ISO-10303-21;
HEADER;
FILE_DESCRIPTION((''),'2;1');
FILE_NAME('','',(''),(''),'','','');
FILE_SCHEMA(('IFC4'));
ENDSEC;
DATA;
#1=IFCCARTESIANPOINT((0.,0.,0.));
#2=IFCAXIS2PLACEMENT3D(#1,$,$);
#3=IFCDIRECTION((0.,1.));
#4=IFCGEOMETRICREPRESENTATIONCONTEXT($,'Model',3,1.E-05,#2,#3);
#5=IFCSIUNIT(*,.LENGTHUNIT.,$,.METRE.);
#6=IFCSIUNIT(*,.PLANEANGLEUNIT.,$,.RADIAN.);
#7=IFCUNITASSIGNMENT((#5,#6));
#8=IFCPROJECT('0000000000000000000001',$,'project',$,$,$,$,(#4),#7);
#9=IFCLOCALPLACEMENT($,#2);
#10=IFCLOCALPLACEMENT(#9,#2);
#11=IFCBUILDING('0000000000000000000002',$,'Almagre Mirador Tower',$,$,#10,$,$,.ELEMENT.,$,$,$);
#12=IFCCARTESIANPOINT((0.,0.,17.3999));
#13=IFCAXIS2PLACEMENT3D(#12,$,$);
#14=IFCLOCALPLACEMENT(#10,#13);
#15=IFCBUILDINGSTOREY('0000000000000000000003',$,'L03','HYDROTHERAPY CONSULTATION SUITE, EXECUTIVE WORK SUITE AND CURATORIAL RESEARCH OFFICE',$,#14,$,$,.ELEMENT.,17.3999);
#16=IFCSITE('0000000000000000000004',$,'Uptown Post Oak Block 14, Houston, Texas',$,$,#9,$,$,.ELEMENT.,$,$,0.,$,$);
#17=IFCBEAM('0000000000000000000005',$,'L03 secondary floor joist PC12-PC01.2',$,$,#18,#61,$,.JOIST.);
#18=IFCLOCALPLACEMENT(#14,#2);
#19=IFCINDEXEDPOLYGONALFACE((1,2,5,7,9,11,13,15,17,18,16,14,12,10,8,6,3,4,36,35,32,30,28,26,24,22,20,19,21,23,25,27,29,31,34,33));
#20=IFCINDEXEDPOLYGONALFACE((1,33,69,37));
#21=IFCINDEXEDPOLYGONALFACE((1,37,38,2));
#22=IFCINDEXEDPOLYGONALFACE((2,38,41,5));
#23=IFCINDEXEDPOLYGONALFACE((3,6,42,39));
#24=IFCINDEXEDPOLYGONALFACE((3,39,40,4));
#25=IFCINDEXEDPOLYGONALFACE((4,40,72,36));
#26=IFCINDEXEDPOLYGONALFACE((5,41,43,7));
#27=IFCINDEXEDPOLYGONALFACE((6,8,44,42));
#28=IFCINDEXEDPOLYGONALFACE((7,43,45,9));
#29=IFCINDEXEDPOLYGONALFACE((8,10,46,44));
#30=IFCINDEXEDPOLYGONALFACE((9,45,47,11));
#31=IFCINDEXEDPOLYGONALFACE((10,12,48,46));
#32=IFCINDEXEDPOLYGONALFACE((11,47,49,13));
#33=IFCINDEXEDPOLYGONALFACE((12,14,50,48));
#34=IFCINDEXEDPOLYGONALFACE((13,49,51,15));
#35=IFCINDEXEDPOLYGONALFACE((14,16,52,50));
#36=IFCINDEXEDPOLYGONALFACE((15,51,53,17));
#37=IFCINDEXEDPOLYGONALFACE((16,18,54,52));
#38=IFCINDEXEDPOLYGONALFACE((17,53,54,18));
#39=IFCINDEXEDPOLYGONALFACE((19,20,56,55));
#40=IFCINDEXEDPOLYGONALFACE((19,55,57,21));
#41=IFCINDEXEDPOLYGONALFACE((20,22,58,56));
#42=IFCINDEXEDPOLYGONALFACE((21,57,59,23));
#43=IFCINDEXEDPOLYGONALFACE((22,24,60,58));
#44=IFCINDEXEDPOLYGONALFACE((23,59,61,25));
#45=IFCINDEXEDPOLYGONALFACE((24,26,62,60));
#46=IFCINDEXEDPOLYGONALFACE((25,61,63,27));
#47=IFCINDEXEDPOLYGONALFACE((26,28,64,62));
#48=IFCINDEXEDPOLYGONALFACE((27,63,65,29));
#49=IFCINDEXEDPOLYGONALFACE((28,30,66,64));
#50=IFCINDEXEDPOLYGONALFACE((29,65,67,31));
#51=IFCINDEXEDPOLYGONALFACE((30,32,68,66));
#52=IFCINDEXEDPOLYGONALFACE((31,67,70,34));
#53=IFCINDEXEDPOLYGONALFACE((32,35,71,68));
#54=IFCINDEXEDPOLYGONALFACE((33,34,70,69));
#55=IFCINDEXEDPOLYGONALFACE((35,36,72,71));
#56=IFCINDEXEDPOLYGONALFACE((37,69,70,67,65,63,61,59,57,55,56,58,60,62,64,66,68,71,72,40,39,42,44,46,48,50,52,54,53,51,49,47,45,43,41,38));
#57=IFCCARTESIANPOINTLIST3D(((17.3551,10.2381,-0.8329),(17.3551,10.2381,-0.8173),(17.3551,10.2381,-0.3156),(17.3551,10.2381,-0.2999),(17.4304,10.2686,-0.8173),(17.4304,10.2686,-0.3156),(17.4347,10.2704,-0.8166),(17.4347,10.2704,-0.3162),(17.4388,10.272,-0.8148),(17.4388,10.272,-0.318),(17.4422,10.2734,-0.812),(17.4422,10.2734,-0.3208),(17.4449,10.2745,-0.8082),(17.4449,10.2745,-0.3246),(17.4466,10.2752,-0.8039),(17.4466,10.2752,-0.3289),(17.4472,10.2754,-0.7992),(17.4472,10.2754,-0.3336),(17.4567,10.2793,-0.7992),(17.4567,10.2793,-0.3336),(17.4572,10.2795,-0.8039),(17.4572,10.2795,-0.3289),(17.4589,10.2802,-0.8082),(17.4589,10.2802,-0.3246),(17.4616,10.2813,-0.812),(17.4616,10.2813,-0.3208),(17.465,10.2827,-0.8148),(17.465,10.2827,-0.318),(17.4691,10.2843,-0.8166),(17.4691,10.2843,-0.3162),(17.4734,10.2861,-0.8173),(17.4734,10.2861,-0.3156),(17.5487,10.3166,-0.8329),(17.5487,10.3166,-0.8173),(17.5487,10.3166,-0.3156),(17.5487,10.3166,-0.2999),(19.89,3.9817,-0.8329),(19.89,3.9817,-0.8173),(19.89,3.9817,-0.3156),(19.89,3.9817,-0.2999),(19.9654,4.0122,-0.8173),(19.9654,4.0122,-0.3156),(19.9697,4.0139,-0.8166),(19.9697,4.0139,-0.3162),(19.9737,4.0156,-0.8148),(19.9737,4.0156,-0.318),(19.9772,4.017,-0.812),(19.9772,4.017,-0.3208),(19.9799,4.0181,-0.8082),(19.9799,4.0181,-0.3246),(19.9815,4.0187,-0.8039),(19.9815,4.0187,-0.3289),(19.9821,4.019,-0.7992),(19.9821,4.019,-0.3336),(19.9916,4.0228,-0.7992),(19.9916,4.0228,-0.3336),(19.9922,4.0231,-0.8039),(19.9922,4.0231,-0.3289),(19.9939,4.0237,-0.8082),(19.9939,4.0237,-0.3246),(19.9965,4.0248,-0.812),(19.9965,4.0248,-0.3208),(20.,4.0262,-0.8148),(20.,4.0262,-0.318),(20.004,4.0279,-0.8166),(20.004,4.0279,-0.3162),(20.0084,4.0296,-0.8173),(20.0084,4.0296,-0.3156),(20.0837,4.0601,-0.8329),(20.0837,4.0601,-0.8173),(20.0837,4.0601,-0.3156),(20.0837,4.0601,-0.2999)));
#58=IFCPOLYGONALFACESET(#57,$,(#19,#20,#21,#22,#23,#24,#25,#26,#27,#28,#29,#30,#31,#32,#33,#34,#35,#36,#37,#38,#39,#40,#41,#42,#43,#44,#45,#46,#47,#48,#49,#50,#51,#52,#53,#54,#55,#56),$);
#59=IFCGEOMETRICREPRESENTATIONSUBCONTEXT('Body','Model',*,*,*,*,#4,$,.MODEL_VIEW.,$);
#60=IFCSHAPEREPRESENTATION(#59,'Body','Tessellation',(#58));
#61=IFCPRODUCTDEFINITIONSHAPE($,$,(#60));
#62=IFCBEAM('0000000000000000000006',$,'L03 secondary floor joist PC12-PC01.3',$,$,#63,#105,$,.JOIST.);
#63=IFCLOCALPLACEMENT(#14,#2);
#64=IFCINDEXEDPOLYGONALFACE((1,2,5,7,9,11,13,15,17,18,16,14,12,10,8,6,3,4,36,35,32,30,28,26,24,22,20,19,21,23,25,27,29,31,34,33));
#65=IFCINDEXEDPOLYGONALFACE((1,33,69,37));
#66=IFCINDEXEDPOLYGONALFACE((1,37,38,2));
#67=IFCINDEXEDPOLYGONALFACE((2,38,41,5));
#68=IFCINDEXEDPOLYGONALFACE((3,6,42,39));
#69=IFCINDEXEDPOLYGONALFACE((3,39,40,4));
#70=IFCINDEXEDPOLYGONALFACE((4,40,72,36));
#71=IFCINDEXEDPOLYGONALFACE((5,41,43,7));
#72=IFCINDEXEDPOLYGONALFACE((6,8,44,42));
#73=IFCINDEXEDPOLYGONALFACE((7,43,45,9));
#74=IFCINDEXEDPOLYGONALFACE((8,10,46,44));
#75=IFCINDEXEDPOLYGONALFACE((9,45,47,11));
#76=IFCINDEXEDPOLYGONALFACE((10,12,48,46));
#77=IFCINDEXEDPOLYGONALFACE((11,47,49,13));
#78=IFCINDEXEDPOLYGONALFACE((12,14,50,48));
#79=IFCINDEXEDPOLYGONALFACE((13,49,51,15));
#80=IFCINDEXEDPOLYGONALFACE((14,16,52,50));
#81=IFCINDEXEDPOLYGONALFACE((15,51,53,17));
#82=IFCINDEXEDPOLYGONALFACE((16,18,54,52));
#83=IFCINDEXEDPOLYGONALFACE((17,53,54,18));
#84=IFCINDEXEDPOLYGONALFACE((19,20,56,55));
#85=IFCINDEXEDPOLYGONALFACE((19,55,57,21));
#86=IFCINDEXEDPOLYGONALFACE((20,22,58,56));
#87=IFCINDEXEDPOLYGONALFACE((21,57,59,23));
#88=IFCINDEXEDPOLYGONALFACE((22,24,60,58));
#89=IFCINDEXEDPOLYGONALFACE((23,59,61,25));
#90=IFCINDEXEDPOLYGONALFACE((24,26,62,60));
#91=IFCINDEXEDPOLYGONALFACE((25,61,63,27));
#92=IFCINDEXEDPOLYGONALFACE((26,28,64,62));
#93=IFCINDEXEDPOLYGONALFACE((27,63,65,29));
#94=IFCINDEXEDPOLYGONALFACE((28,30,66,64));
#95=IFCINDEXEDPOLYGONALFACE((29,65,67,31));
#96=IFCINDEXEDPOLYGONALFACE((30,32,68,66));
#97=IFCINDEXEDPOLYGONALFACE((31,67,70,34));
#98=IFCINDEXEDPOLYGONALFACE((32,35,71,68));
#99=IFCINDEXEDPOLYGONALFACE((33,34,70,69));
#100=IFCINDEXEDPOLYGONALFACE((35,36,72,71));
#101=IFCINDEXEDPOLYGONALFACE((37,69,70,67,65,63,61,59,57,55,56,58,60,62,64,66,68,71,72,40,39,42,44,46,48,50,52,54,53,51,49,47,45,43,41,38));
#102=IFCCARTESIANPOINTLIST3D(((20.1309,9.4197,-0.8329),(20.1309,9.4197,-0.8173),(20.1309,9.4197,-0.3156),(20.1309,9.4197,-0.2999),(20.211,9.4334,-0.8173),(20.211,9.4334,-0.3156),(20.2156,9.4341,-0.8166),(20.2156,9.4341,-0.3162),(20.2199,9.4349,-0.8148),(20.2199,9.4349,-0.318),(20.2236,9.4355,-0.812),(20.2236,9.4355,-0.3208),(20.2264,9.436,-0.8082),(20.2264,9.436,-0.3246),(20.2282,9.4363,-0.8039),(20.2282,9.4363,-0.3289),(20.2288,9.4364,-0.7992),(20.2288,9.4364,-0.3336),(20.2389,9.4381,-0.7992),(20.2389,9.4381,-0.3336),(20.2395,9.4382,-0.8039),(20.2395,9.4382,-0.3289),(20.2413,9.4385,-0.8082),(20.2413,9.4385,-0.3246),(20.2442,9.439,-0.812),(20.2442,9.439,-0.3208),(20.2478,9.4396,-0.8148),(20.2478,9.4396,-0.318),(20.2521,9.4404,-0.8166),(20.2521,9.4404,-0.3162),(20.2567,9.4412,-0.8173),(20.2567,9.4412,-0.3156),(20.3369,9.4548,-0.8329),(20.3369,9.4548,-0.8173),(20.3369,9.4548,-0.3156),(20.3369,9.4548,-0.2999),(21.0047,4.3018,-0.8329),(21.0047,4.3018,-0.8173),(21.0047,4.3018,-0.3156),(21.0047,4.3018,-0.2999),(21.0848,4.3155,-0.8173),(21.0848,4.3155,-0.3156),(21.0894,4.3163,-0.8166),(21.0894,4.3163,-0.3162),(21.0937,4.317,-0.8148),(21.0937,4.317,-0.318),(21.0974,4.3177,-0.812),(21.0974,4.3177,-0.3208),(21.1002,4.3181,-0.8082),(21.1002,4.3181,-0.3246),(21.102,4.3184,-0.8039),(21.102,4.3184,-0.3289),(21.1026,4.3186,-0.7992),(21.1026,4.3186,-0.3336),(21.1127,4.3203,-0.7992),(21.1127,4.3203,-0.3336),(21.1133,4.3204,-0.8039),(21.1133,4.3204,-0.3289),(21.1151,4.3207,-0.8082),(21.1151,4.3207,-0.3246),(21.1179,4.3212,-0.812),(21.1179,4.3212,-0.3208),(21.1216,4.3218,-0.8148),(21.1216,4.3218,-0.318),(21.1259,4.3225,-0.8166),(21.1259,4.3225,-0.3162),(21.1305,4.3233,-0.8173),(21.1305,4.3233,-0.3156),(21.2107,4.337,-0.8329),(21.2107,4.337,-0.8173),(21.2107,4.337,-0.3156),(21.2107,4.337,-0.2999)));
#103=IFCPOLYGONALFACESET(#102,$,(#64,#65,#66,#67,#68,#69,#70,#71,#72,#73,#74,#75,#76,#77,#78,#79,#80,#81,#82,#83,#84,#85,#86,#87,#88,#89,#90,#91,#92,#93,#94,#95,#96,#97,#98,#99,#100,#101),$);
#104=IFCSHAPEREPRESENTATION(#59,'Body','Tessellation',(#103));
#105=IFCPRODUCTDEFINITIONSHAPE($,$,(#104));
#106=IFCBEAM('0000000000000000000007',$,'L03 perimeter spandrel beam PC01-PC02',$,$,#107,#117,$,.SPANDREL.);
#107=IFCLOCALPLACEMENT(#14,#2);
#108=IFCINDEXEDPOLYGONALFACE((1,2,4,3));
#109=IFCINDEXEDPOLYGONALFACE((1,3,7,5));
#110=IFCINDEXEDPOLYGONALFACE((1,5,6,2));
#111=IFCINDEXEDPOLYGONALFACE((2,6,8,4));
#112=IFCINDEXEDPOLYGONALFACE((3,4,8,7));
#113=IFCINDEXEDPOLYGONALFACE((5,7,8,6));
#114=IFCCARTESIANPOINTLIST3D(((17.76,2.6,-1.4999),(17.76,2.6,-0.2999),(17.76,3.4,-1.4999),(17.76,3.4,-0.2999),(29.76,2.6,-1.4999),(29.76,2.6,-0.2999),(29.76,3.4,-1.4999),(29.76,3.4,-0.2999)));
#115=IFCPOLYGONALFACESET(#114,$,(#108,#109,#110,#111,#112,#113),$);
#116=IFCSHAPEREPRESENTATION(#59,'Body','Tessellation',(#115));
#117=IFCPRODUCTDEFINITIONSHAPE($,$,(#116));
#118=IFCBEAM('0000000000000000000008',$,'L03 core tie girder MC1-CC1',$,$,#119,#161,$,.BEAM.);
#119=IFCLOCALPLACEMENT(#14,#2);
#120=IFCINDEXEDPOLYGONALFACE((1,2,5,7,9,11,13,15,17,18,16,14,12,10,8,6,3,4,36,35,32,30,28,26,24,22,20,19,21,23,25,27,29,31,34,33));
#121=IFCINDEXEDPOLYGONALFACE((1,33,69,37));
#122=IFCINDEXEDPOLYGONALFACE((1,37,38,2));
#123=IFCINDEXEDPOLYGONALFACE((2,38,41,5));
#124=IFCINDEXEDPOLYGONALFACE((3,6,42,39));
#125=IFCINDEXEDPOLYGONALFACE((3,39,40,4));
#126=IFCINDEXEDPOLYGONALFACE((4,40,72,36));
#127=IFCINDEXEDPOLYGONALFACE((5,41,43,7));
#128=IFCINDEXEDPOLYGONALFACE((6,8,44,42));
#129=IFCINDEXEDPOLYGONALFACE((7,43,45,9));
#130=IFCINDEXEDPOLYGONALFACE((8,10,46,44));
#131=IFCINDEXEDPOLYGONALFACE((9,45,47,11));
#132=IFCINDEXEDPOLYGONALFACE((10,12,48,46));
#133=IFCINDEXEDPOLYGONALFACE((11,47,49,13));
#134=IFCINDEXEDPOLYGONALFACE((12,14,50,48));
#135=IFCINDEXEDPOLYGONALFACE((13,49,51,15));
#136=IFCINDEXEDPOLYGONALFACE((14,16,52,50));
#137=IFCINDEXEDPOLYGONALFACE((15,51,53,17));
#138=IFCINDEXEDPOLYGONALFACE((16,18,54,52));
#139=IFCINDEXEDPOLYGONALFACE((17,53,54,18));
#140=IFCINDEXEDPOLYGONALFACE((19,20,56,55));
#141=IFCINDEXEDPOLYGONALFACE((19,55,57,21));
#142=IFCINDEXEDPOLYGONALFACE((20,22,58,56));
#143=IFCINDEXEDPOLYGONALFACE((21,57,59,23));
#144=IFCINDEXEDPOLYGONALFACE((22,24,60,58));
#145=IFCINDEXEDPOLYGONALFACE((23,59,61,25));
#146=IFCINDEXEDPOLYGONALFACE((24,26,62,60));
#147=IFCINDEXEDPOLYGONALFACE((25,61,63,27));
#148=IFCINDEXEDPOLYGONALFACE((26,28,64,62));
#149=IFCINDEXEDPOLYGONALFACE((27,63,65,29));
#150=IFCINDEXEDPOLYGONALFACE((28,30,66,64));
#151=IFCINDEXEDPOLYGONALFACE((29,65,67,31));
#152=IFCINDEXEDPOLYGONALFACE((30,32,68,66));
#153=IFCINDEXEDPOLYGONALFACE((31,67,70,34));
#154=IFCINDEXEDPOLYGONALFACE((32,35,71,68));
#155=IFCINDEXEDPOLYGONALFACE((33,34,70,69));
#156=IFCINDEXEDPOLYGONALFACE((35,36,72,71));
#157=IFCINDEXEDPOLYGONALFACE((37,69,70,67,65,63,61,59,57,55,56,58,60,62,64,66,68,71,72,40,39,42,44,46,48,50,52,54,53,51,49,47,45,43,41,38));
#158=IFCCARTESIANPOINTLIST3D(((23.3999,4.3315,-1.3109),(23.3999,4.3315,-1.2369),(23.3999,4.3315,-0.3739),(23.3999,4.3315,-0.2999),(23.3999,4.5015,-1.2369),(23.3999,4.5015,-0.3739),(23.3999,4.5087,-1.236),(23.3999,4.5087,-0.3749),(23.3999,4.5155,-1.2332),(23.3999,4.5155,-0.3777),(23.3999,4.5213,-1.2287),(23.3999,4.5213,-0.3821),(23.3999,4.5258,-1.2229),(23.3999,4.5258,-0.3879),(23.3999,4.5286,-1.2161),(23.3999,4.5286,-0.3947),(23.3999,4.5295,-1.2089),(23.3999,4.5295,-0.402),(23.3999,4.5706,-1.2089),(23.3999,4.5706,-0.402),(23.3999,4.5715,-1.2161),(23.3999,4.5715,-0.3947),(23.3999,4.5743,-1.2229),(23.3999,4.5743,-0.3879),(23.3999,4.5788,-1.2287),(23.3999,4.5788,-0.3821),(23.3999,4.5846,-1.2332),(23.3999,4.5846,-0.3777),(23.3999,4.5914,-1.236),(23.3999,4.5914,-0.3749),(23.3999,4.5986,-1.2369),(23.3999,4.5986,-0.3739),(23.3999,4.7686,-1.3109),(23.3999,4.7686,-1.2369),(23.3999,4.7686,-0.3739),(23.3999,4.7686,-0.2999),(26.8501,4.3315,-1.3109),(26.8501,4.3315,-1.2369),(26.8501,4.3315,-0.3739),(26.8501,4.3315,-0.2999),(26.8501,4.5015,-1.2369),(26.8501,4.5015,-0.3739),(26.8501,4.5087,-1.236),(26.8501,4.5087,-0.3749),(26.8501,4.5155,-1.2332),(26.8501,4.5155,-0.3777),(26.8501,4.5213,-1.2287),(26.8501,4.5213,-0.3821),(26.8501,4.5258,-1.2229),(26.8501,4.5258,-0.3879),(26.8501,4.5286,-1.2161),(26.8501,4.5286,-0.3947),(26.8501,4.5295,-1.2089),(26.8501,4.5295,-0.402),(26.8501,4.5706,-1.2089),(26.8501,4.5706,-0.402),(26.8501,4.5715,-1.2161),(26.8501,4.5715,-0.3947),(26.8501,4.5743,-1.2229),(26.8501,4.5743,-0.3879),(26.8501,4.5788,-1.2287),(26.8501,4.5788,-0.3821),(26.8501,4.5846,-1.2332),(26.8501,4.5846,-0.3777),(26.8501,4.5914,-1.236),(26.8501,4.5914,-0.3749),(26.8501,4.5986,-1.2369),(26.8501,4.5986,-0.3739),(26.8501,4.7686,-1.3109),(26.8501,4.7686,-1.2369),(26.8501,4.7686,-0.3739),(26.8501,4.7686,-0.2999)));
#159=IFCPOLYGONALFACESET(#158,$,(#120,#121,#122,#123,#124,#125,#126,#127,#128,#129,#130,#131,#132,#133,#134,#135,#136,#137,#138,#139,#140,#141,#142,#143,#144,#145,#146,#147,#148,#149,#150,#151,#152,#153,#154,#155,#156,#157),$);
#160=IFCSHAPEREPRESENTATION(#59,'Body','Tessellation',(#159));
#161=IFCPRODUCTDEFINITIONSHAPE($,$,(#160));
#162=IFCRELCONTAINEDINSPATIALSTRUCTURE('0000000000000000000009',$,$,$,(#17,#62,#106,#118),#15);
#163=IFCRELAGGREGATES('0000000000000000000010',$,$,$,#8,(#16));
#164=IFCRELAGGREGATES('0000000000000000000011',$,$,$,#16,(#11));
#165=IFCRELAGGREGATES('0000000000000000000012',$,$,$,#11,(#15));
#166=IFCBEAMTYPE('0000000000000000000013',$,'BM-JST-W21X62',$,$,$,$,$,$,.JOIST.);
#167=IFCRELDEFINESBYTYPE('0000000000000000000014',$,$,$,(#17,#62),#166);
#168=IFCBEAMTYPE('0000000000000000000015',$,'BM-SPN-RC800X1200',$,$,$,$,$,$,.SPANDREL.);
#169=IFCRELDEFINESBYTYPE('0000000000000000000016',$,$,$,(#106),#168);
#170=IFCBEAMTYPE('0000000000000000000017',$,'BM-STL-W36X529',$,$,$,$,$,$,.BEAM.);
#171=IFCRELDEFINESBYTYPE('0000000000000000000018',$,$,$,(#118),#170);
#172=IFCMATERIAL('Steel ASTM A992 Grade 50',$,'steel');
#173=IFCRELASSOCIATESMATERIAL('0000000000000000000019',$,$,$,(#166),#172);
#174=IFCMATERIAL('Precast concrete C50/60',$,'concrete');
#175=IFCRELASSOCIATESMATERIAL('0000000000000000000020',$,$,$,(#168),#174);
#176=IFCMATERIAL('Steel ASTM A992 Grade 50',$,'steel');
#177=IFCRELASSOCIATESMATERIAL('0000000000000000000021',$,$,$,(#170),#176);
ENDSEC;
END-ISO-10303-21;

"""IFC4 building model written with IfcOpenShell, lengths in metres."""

from ifc_helpers import new_model, si_unit, direction, frame, origin, origin_2d, place, context, subcontext, project, spatial, rectangle, i_section, extrude, material, material_profile, profile_set, type_object, element, save


model = new_model("IFC4")

# Units and contexts
model_context = context("Model", 3, precision=1e-05, world=origin(), true_north=direction((0.0, 1.0)))
body_context = subcontext(model_context, "Body", "Model", "MODEL_VIEW")
ifc_project = project(units=[si_unit("LENGTHUNIT", "METRE"), si_unit("PLANEANGLEUNIT", "RADIAN")], contexts=[model_context])

# Site, building, storey
site_placement = place(None, origin())
site = spatial("IfcSite", under=ifc_project, at=site_placement, Name="Uptown Post Oak Block 14, Houston, Texas", CompositionType="ELEMENT", RefElevation=0.0)
building_placement = place(site_placement, origin())
building = spatial("IfcBuilding", under=site, at=building_placement, Name="Almagre Mirador Tower", CompositionType="ELEMENT")
storey_placement = place(building_placement, frame((0.0, 0.0, 17.3999)))
storey = spatial("IfcBuildingStorey", under=building, at=storey_placement, Name="L03", Description="HYDROTHERAPY CONSULTATION SUITE, EXECUTIVE WORK SUITE AND CURATORIAL RESEARCH OFFICE", CompositionType="ELEMENT", Elevation=17.3999)

# Beams
ifc_material_1 = material(Name="Steel ASTM A992 Grade 50", Category="steel")
ifc_material_profile_1 = material_profile(ifc_material_1, i_section(OverallWidth=0.209, OverallDepth=0.533, WebThickness=0.0103, FlangeThickness=0.0156, FilletRadius=0.0181, at=origin_2d()), Name="W21X62")
ifc_profile_set_1 = profile_set([ifc_material_profile_1], Name="Steel ASTM A992 Grade 50")
beam_type_1 = type_object("IfcBeamType", Name="BM-JST-W21X62", PredefinedType="JOIST", material=ifc_profile_set_1)
beam_1_placement = place(storey_placement, frame((17.4519, 10.2773, -0.5664), z_axis=(0.375521, -0.926814, 0.0), x_axis=(0.926814, 0.375521, 0.0)))
element("IfcBeam", 1, at=beam_1_placement, inside=storey, type_object=beam_type_1, Name="L03 secondary floor joist PC12-PC01.2", PredefinedType="JOIST", context=body_context, shape_type="SweptSolid", body=[
    extrude(i_section(OverallWidth=0.209, OverallDepth=0.533, WebThickness=0.0103, FlangeThickness=0.0156, FilletRadius=0.0181, at=origin_2d()), origin(), (0.0, 0.0, 1.0), 6.7505),
])
beam_2_placement = place(storey_placement, frame((20.2339, 9.4373, -0.5664), z_axis=(0.168294, -0.985737, 0.0), x_axis=(0.985737, 0.168294, 0.0)))
element("IfcBeam", 2, at=beam_2_placement, inside=storey, type_object=beam_type_1, Name="L03 secondary floor joist PC12-PC01.3", PredefinedType="JOIST", context=body_context, shape_type="SweptSolid", body=[
    extrude(i_section(OverallWidth=0.209, OverallDepth=0.533, WebThickness=0.0103, FlangeThickness=0.0156, FilletRadius=0.0181, at=origin_2d()), origin(), (0.0, 0.0, 1.0), 5.1919),
])
ifc_material_2 = material(Name="Precast concrete C50/60", Category="concrete")
ifc_material_profile_2 = material_profile(ifc_material_2, rectangle(XDim=0.8, YDim=1.2, at=origin_2d()), Name="RC800X1200")
ifc_profile_set_2 = profile_set([ifc_material_profile_2], Name="Precast concrete C50/60")
beam_type_2 = type_object("IfcBeamType", Name="BM-SPN-RC800X1200", PredefinedType="SPANDREL", material=ifc_profile_set_2)
beam_3_placement = place(storey_placement, frame((17.76, 3.0, -0.8999), z_axis=(1.0, 0.0, 0.0), x_axis=(0.0, 1.0, 0.0)))
element("IfcBeam", 3, at=beam_3_placement, inside=storey, type_object=beam_type_2, Name="L03 perimeter spandrel beam PC01-PC02", PredefinedType="SPANDREL", context=body_context, shape_type="SweptSolid", body=[
    extrude(rectangle(XDim=0.8, YDim=1.2, at=origin_2d()), origin(), (0.0, 0.0, 1.0), 12.0),
])
ifc_material_3 = material(Name="Steel ASTM A992 Grade 50", Category="steel")
ifc_material_profile_3 = material_profile(ifc_material_3, i_section(OverallWidth=0.437, OverallDepth=1.011, WebThickness=0.041, FlangeThickness=0.074, FilletRadius=0.0281, at=origin_2d()), Name="W36X529")
ifc_profile_set_3 = profile_set([ifc_material_profile_3], Name="Steel ASTM A992 Grade 50")
beam_type_3 = type_object("IfcBeamType", Name="BM-STL-W36X529", PredefinedType="BEAM", material=ifc_profile_set_3)
beam_4_placement = place(storey_placement, frame((23.3999, 4.55, -0.8054), z_axis=(1.0, 0.0, 0.0), x_axis=(0.0, 1.0, 0.0)))
element("IfcBeam", 4, at=beam_4_placement, inside=storey, type_object=beam_type_3, Name="L03 core tie girder MC1-CC1", PredefinedType="BEAM", context=body_context, shape_type="SweptSolid", body=[
    extrude(i_section(OverallWidth=0.437, OverallDepth=1.011, WebThickness=0.041, FlangeThickness=0.074, FilletRadius=0.0281, at=origin_2d()), origin(), (0.0, 0.0, 1.0), 3.4502),
])

save(model, "model.ifc")
